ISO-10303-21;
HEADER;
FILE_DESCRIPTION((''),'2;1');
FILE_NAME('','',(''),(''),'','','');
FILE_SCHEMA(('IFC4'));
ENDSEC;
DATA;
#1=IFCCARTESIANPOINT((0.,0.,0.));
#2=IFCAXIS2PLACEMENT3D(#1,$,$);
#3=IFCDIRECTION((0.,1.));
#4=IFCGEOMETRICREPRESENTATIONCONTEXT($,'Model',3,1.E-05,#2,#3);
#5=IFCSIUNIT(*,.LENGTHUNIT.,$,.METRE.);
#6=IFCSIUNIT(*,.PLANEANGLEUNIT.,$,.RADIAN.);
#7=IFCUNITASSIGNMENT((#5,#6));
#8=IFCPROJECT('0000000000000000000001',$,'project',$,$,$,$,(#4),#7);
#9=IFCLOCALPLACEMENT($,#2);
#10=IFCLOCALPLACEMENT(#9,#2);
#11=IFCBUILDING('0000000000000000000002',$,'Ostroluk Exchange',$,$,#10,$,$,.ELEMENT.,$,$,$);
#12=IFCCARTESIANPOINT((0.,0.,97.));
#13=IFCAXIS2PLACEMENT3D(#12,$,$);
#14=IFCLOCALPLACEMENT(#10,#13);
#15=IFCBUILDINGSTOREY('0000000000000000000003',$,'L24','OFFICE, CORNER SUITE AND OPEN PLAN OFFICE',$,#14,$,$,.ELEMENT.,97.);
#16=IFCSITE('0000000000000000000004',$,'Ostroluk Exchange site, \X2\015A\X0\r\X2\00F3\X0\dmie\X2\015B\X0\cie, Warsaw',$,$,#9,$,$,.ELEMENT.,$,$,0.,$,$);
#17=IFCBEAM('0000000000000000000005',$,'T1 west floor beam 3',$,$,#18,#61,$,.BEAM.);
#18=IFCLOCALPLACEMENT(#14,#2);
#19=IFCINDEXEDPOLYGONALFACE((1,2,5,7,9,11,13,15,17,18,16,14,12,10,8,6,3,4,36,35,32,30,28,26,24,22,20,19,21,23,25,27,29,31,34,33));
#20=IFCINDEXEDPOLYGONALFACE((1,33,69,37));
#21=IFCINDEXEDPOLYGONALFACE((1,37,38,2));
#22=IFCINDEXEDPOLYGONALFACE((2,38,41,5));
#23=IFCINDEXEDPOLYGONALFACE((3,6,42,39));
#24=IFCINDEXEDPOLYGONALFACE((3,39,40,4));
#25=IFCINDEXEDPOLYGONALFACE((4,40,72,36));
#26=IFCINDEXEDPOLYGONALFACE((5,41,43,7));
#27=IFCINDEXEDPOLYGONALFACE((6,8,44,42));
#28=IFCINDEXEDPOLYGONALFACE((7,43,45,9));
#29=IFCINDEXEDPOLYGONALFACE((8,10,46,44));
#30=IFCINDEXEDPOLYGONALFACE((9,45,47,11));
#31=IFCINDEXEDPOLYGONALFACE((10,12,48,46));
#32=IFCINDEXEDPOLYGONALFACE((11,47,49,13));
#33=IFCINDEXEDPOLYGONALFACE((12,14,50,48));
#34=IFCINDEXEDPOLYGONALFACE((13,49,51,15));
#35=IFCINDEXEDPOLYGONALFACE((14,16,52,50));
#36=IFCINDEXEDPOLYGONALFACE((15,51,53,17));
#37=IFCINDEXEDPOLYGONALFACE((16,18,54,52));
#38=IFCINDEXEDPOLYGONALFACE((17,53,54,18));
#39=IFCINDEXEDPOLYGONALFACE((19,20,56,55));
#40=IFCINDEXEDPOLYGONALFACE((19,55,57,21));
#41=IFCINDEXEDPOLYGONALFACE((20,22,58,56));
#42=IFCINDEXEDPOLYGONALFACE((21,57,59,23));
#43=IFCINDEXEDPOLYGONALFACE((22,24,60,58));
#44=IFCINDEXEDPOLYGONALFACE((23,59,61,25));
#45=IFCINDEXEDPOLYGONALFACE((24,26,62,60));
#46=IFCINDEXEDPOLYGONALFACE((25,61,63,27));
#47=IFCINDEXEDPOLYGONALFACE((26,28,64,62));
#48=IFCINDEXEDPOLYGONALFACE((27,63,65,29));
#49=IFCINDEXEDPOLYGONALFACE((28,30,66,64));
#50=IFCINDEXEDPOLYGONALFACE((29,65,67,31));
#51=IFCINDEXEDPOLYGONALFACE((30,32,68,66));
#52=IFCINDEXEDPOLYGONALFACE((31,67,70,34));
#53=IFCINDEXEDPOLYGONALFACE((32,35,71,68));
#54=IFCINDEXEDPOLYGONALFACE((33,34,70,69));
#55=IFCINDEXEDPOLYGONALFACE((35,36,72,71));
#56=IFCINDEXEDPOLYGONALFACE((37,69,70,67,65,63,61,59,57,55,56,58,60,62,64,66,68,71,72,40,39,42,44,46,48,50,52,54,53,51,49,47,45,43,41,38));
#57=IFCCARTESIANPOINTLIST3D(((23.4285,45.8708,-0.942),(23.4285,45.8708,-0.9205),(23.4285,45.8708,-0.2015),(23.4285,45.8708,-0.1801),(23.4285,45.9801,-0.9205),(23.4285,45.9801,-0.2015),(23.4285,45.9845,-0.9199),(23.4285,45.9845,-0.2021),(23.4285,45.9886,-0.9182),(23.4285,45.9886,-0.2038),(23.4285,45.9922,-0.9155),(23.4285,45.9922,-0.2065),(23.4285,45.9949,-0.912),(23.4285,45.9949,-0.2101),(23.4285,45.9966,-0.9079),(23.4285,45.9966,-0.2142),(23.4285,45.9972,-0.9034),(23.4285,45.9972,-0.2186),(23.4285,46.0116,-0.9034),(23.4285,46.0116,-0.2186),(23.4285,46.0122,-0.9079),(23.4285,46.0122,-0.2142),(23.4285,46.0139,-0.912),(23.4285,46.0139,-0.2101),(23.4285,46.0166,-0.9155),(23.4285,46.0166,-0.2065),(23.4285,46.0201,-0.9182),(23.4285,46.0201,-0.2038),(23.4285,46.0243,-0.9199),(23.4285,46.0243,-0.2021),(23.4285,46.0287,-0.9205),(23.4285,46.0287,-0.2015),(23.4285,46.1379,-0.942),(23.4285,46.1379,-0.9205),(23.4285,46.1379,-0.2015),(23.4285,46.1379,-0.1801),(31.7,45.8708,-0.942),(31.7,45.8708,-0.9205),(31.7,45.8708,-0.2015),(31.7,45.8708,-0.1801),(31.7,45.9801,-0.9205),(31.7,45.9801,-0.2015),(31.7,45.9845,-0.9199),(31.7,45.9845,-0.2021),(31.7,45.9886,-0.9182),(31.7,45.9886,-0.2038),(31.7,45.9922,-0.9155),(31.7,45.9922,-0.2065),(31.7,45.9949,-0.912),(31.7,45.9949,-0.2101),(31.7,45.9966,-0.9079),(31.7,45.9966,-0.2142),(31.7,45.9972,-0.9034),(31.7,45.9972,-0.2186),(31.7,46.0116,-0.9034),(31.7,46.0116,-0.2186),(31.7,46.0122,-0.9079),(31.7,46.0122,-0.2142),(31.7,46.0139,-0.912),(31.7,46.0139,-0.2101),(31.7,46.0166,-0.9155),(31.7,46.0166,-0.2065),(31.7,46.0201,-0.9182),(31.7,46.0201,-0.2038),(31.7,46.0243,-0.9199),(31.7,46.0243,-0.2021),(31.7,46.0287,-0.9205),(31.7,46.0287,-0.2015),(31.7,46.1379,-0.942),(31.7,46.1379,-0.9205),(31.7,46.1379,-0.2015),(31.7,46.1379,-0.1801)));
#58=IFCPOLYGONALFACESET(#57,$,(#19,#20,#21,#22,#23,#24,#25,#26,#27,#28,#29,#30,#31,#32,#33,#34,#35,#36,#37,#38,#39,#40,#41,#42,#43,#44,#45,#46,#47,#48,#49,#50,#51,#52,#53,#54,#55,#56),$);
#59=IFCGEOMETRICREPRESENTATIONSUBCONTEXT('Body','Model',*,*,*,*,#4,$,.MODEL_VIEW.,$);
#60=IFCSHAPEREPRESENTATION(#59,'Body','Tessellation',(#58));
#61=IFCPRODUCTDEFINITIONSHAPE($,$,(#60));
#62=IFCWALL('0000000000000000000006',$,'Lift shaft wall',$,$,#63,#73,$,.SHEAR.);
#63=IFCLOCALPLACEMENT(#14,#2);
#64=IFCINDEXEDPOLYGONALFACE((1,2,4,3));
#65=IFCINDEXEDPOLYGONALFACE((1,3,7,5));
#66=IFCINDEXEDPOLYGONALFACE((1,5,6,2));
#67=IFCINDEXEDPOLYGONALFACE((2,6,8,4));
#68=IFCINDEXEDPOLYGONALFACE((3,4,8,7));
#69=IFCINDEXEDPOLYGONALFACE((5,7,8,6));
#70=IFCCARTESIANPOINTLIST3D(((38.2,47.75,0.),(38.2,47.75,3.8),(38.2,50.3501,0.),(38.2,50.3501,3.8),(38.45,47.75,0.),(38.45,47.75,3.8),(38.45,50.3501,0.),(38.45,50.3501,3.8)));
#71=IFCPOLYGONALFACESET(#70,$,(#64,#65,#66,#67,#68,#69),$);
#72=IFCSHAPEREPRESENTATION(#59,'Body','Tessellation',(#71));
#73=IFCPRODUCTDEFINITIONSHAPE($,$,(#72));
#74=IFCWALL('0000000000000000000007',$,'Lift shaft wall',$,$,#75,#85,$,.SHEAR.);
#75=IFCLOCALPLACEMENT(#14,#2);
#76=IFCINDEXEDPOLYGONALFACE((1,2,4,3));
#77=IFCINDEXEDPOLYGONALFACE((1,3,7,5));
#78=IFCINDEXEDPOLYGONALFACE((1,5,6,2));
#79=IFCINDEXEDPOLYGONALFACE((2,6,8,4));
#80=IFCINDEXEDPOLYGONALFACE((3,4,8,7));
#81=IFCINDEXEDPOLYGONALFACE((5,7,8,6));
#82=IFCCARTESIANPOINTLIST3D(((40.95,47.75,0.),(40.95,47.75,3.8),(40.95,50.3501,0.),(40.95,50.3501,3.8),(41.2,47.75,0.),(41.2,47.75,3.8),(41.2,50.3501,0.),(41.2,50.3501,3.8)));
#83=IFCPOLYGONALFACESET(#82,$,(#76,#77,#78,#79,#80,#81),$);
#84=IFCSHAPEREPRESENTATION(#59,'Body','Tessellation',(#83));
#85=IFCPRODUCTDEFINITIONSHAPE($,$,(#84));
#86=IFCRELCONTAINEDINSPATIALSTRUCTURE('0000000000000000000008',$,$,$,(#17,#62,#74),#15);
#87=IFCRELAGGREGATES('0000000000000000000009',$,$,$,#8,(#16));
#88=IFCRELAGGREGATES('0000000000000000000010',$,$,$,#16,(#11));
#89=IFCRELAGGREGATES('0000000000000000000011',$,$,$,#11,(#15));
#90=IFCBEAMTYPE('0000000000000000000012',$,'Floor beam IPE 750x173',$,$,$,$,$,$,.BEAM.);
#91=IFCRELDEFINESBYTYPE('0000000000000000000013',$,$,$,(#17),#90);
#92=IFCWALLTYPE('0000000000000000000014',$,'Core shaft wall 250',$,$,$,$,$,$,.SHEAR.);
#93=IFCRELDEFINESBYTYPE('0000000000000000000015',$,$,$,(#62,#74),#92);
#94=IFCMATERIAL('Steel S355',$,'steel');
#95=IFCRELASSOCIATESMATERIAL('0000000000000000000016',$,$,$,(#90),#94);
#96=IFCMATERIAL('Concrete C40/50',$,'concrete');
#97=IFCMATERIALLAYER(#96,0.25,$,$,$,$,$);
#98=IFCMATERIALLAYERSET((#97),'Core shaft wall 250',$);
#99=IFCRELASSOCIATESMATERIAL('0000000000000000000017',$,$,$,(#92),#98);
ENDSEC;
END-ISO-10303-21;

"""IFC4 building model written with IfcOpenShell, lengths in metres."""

from ifc_helpers import new_model, si_unit, direction, frame, frame_2d, origin, origin_2d, place, context, subcontext, project, spatial, rectangle, i_section, extrude, material, layer, layer_set, material_profile, profile_set, type_object, element, save


model = new_model("IFC4")

# Units and contexts
model_context = context("Model", 3, precision=1e-05, world=origin(), true_north=direction((0.0, 1.0)))
body_context = subcontext(model_context, "Body", "Model", "MODEL_VIEW")
ifc_project = project(units=[si_unit("LENGTHUNIT", "METRE"), si_unit("PLANEANGLEUNIT", "RADIAN")], contexts=[model_context])

# Site, building, storey
site_placement = place(None, origin())
site = spatial("IfcSite", under=ifc_project, at=site_placement, Name="Ostroluk Exchange site, Śródmieście, Warsaw", CompositionType="ELEMENT", RefElevation=0.0)
building_placement = place(site_placement, origin())
building = spatial("IfcBuilding", under=site, at=building_placement, Name="Ostroluk Exchange", CompositionType="ELEMENT")
storey_placement = place(building_placement, frame((0.0, 0.0, 97.0)))
storey = spatial("IfcBuildingStorey", under=building, at=storey_placement, Name="L24", Description="OFFICE, CORNER SUITE AND OPEN PLAN OFFICE", CompositionType="ELEMENT", Elevation=97.0)

# Beam
ifc_material_1 = material(Name="Steel S355", Category="steel")
ifc_material_profile = material_profile(ifc_material_1, i_section(OverallWidth=0.2671, OverallDepth=0.762, WebThickness=0.0144, FlangeThickness=0.0215, FilletRadius=0.0171, at=origin_2d()), Name="IPE 750x173")
ifc_profile_set = profile_set([ifc_material_profile], Name="Steel S355")
beam_type = type_object("IfcBeamType", Name="Floor beam IPE 750x173", PredefinedType="BEAM", material=ifc_profile_set)
beam_placement = place(storey_placement, frame((31.7, 46.0044, -0.561), z_axis=(-1.0, 0.0, 0.0), x_axis=(0.0, -1.0, 0.0)))
element("IfcBeam", 1, at=beam_placement, inside=storey, type_object=beam_type, Name="T1 west floor beam 3", PredefinedType="BEAM", context=body_context, shape_type="SweptSolid", body=[
    extrude(i_section(OverallWidth=0.2671, OverallDepth=0.762, WebThickness=0.0144, FlangeThickness=0.0215, FilletRadius=0.0171, at=origin_2d()), origin(), (0.0, 0.0, 1.0), 8.2715),
])

# Walls
ifc_material_2 = material(Name="Concrete C40/50", Category="concrete")
ifc_layer_1 = layer(ifc_material_2, 0.25)
ifc_layer_set_1 = layer_set([ifc_layer_1], Name="Core shaft wall 250")
wall_type_1 = type_object("IfcWallType", Name="Core shaft wall 250", PredefinedType="SHEAR", material=ifc_layer_set_1)
for number, where, z_axis, x_axis, name in (
    (2, (38.325, 47.75, 0.0), (0.0, 0.0, 1.0), (0.0, 1.0, 0.0), "Lift shaft wall"),
    (3, (41.075, 47.75, 0.0), (0.0, 0.0, 1.0), (0.0, 1.0, 0.0), "Lift shaft wall"),
):
    element("IfcWall", number, at=place(storey_placement, frame(where, z_axis=z_axis, x_axis=x_axis)), inside=storey, type_object=wall_type_1, Name=name, PredefinedType="SHEAR", context=body_context, shape_type="SweptSolid", body=[
        extrude(rectangle(XDim=2.6001, YDim=0.25, at=frame_2d((1.3, 0.0))), origin(), (0.0, 0.0, 1.0), 3.8),
    ])

save(model, "model.ifc")
